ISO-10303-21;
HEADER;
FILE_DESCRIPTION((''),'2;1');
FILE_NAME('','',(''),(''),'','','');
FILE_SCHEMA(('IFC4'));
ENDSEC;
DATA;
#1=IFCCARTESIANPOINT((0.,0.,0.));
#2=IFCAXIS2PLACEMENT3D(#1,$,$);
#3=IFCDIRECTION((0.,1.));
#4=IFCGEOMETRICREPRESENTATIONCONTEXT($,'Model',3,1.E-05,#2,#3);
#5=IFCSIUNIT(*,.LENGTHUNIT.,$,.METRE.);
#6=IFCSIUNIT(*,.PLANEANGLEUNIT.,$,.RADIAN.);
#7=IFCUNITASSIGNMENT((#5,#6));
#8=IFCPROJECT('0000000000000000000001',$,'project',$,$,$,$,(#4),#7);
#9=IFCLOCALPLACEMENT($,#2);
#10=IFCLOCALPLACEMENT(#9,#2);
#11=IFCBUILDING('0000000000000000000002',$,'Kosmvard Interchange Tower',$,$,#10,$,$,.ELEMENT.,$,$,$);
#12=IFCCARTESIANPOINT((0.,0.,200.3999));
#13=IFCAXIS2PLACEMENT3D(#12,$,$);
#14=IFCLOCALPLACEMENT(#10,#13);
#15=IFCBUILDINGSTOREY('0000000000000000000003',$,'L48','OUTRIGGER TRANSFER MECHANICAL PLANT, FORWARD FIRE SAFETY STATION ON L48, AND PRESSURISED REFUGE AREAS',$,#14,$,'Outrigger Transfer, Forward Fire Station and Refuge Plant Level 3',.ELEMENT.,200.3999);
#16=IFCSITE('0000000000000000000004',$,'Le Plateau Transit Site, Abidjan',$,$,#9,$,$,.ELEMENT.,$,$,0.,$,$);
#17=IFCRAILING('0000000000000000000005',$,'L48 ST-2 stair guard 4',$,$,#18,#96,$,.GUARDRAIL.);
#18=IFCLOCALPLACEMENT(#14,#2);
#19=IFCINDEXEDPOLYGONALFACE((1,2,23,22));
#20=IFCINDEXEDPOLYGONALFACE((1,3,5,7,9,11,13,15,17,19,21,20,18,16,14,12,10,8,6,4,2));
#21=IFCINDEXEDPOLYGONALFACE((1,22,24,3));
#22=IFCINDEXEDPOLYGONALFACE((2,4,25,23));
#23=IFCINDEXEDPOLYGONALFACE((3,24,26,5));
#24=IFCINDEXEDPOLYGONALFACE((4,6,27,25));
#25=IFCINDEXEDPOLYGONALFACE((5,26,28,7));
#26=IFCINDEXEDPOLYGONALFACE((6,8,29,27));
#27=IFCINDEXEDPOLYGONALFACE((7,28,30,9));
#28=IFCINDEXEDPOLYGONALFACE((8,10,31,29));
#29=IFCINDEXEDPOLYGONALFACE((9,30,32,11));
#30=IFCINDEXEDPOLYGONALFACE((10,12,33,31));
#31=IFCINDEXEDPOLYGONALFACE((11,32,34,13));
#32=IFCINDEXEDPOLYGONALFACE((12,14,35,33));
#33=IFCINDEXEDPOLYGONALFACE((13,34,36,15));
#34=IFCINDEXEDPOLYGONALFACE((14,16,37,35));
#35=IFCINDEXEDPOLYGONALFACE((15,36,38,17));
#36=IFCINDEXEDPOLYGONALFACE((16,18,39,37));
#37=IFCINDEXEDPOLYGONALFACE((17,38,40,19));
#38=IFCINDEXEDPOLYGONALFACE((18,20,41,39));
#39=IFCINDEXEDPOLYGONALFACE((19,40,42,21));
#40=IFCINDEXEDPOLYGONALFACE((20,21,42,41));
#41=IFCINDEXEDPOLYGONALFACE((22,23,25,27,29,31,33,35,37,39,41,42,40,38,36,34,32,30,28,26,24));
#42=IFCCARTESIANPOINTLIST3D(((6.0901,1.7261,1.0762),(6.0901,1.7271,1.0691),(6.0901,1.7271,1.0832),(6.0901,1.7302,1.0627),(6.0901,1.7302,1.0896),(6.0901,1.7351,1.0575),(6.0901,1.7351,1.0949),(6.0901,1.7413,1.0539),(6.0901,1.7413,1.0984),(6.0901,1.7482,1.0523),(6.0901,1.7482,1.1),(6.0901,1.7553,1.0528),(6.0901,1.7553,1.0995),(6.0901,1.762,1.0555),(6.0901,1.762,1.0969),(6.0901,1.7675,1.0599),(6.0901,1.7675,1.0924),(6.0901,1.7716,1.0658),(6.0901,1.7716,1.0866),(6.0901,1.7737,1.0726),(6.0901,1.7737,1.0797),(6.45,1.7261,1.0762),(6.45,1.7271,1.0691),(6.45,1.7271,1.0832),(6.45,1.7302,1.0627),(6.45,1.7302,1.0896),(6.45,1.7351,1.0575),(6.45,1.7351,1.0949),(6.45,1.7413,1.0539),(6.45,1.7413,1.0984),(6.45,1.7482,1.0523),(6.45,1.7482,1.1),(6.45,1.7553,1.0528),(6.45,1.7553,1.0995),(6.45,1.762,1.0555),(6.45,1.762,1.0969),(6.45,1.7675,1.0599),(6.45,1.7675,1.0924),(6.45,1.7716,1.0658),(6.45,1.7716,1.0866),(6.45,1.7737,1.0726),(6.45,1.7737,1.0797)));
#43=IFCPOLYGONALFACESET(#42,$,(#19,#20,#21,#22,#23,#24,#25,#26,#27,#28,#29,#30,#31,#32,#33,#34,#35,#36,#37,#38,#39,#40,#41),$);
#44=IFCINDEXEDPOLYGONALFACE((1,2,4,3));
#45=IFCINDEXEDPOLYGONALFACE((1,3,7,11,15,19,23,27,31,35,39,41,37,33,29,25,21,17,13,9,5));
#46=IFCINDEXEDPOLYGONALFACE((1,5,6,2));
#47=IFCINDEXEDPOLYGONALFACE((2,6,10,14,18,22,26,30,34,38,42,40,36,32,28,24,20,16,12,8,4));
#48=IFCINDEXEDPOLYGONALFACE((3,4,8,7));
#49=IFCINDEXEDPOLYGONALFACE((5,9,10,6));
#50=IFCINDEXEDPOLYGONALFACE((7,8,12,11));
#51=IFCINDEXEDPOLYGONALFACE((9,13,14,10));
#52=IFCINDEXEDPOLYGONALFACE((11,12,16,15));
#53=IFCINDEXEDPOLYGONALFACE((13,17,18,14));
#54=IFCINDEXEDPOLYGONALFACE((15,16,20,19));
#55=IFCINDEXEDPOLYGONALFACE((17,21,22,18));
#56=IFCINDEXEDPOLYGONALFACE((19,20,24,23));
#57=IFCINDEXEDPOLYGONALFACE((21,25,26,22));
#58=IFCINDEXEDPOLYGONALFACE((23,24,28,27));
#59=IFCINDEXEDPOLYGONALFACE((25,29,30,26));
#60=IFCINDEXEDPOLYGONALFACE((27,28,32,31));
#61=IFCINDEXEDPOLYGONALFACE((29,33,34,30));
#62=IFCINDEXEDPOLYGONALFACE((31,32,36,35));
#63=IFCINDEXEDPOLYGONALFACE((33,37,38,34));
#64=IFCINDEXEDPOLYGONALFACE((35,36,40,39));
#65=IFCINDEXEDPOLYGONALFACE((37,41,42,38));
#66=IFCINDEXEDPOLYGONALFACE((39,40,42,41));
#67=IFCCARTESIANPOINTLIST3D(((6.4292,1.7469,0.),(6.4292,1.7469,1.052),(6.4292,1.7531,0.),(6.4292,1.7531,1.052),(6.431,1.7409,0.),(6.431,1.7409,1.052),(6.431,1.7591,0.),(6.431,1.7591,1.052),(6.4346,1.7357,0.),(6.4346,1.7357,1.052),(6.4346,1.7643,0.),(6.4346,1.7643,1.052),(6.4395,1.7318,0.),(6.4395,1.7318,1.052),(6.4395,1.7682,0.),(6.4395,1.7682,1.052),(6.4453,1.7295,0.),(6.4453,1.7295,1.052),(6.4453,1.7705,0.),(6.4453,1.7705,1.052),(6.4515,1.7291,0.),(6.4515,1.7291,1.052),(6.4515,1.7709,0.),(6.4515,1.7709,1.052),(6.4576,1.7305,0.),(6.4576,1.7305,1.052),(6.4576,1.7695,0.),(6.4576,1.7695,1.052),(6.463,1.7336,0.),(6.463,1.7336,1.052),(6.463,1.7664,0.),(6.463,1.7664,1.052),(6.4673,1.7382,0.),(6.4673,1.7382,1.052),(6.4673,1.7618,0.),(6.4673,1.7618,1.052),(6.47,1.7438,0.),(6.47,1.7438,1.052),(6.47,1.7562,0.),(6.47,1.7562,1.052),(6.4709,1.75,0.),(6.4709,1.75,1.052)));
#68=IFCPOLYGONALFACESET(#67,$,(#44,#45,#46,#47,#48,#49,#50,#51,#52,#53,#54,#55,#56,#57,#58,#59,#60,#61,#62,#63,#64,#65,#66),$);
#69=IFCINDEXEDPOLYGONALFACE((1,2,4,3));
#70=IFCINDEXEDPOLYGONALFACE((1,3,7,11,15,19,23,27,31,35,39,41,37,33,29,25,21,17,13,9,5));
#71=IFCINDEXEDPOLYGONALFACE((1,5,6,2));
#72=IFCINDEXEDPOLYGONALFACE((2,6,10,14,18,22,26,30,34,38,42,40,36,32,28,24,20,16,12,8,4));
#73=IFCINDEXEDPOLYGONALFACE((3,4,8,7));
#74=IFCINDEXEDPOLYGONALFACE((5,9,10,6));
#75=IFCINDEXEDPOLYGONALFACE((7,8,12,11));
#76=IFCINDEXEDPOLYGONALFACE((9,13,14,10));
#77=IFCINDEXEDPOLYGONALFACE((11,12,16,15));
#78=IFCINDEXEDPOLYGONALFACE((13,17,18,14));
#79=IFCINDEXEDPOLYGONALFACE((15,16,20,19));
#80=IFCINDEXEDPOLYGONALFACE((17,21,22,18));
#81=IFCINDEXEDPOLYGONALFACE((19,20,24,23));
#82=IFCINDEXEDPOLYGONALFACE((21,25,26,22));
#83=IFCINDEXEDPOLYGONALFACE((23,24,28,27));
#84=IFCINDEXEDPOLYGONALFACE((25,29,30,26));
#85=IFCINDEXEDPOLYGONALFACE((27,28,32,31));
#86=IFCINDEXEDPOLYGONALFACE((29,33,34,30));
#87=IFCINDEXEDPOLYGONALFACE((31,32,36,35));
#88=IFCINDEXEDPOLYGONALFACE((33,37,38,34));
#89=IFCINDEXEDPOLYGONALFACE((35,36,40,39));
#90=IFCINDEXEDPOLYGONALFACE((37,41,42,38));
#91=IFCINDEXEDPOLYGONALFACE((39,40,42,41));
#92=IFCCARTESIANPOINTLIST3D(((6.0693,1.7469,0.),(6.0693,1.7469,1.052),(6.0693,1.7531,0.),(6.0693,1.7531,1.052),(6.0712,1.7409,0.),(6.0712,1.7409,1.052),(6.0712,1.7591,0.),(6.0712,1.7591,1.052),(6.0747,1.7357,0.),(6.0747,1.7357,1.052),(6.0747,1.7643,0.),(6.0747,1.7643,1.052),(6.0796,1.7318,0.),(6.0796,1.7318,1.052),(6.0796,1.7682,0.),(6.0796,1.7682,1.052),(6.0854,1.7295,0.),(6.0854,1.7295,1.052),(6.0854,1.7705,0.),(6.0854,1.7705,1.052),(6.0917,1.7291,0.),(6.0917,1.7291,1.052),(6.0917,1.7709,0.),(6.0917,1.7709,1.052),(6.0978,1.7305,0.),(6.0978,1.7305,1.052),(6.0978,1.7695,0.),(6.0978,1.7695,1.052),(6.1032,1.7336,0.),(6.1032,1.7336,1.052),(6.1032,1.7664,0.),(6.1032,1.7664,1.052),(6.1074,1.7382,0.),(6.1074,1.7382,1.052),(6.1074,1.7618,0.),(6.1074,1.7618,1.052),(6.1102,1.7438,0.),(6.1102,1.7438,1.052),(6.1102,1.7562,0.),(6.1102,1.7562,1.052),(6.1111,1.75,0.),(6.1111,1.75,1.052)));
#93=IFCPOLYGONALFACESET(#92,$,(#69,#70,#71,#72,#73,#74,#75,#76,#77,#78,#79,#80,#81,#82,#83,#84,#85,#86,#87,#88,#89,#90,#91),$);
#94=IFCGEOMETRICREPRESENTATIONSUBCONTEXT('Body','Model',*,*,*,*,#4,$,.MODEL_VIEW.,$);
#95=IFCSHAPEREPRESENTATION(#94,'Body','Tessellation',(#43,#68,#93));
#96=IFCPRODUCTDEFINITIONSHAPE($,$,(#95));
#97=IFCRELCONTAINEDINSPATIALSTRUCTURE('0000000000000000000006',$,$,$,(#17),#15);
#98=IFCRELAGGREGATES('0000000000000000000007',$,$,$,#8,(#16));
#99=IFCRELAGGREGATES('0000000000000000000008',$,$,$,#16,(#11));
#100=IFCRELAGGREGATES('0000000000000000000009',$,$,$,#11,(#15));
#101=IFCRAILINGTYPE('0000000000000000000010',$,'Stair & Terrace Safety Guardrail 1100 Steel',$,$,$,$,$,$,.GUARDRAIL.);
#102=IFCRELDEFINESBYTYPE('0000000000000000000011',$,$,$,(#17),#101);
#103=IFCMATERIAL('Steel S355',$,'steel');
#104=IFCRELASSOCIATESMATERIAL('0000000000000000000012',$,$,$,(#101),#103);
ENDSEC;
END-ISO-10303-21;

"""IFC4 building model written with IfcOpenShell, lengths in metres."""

from ifc_helpers import new_model, si_unit, direction, frame, origin, origin_2d, place, context, subcontext, project, spatial, circle, extrude, source, transform, mapped, material, type_object, element, save


model = new_model("IFC4")

# Units and contexts
model_context = context("Model", 3, precision=1e-05, world=origin(), true_north=direction((0.0, 1.0)))
body_context = subcontext(model_context, "Body", "Model", "MODEL_VIEW")
ifc_project = project(units=[si_unit("LENGTHUNIT", "METRE"), si_unit("PLANEANGLEUNIT", "RADIAN")], contexts=[model_context])

# Site, building, storey
site_placement = place(None, origin())
site = spatial("IfcSite", under=ifc_project, at=site_placement, Name="Le Plateau Transit Site, Abidjan", CompositionType="ELEMENT", RefElevation=0.0)
building_placement = place(site_placement, origin())
building = spatial("IfcBuilding", under=site, at=building_placement, Name="Kosmvard Interchange Tower", CompositionType="ELEMENT")
storey_placement = place(building_placement, frame((0.0, 0.0, 200.3999)))
storey = spatial("IfcBuildingStorey", under=building, at=storey_placement, Name="L48", Description="OUTRIGGER TRANSFER MECHANICAL PLANT, FORWARD FIRE SAFETY STATION ON L48, AND PRESSURISED REFUGE AREAS", LongName="Outrigger Transfer, Forward Fire Station and Refuge Plant Level 3", CompositionType="ELEMENT", Elevation=200.3999)

# Railing
ifc_material_1 = material(Name="Steel S355", Category="steel")
railing_type_1 = type_object("IfcRailingType", Name="Stair & Terrace Safety Guardrail 1100 Steel", PredefinedType="GUARDRAIL", material=ifc_material_1)
shared_shape_1 = source(origin(), body_context, "Body", "SweptSolid", [
    extrude(circle(Radius=0.0239, at=origin_2d()), frame((0.0, 0.0, 1.0762), z_axis=(-1.0, 0.0, 0.0), x_axis=(0.0, -1.0, 0.0)), (0.0, 0.0, 1.0), 0.3599),
    extrude(circle(Radius=0.021, at=origin_2d()), origin(), (0.0, 0.0, 1.0), 1.052),
    extrude(circle(Radius=0.021, at=origin_2d()), frame((-0.3599, 0.0, 0.0)), (0.0, 0.0, 1.0), 1.052),
])
for number, where, name in (
    (1, (6.45, 1.75, 0.0), "L48 ST-2 stair guard 4"),
):
    element("IfcRailing", number, at=place(storey_placement, frame(where)), inside=storey, type_object=railing_type_1, Name=name, PredefinedType="GUARDRAIL", context=body_context, shape_type="MappedRepresentation", body=[
        mapped(shared_shape_1, transform((0.0, 0.0, 0.0), scale=1.0)),
    ])

save(model, "model.ifc")
